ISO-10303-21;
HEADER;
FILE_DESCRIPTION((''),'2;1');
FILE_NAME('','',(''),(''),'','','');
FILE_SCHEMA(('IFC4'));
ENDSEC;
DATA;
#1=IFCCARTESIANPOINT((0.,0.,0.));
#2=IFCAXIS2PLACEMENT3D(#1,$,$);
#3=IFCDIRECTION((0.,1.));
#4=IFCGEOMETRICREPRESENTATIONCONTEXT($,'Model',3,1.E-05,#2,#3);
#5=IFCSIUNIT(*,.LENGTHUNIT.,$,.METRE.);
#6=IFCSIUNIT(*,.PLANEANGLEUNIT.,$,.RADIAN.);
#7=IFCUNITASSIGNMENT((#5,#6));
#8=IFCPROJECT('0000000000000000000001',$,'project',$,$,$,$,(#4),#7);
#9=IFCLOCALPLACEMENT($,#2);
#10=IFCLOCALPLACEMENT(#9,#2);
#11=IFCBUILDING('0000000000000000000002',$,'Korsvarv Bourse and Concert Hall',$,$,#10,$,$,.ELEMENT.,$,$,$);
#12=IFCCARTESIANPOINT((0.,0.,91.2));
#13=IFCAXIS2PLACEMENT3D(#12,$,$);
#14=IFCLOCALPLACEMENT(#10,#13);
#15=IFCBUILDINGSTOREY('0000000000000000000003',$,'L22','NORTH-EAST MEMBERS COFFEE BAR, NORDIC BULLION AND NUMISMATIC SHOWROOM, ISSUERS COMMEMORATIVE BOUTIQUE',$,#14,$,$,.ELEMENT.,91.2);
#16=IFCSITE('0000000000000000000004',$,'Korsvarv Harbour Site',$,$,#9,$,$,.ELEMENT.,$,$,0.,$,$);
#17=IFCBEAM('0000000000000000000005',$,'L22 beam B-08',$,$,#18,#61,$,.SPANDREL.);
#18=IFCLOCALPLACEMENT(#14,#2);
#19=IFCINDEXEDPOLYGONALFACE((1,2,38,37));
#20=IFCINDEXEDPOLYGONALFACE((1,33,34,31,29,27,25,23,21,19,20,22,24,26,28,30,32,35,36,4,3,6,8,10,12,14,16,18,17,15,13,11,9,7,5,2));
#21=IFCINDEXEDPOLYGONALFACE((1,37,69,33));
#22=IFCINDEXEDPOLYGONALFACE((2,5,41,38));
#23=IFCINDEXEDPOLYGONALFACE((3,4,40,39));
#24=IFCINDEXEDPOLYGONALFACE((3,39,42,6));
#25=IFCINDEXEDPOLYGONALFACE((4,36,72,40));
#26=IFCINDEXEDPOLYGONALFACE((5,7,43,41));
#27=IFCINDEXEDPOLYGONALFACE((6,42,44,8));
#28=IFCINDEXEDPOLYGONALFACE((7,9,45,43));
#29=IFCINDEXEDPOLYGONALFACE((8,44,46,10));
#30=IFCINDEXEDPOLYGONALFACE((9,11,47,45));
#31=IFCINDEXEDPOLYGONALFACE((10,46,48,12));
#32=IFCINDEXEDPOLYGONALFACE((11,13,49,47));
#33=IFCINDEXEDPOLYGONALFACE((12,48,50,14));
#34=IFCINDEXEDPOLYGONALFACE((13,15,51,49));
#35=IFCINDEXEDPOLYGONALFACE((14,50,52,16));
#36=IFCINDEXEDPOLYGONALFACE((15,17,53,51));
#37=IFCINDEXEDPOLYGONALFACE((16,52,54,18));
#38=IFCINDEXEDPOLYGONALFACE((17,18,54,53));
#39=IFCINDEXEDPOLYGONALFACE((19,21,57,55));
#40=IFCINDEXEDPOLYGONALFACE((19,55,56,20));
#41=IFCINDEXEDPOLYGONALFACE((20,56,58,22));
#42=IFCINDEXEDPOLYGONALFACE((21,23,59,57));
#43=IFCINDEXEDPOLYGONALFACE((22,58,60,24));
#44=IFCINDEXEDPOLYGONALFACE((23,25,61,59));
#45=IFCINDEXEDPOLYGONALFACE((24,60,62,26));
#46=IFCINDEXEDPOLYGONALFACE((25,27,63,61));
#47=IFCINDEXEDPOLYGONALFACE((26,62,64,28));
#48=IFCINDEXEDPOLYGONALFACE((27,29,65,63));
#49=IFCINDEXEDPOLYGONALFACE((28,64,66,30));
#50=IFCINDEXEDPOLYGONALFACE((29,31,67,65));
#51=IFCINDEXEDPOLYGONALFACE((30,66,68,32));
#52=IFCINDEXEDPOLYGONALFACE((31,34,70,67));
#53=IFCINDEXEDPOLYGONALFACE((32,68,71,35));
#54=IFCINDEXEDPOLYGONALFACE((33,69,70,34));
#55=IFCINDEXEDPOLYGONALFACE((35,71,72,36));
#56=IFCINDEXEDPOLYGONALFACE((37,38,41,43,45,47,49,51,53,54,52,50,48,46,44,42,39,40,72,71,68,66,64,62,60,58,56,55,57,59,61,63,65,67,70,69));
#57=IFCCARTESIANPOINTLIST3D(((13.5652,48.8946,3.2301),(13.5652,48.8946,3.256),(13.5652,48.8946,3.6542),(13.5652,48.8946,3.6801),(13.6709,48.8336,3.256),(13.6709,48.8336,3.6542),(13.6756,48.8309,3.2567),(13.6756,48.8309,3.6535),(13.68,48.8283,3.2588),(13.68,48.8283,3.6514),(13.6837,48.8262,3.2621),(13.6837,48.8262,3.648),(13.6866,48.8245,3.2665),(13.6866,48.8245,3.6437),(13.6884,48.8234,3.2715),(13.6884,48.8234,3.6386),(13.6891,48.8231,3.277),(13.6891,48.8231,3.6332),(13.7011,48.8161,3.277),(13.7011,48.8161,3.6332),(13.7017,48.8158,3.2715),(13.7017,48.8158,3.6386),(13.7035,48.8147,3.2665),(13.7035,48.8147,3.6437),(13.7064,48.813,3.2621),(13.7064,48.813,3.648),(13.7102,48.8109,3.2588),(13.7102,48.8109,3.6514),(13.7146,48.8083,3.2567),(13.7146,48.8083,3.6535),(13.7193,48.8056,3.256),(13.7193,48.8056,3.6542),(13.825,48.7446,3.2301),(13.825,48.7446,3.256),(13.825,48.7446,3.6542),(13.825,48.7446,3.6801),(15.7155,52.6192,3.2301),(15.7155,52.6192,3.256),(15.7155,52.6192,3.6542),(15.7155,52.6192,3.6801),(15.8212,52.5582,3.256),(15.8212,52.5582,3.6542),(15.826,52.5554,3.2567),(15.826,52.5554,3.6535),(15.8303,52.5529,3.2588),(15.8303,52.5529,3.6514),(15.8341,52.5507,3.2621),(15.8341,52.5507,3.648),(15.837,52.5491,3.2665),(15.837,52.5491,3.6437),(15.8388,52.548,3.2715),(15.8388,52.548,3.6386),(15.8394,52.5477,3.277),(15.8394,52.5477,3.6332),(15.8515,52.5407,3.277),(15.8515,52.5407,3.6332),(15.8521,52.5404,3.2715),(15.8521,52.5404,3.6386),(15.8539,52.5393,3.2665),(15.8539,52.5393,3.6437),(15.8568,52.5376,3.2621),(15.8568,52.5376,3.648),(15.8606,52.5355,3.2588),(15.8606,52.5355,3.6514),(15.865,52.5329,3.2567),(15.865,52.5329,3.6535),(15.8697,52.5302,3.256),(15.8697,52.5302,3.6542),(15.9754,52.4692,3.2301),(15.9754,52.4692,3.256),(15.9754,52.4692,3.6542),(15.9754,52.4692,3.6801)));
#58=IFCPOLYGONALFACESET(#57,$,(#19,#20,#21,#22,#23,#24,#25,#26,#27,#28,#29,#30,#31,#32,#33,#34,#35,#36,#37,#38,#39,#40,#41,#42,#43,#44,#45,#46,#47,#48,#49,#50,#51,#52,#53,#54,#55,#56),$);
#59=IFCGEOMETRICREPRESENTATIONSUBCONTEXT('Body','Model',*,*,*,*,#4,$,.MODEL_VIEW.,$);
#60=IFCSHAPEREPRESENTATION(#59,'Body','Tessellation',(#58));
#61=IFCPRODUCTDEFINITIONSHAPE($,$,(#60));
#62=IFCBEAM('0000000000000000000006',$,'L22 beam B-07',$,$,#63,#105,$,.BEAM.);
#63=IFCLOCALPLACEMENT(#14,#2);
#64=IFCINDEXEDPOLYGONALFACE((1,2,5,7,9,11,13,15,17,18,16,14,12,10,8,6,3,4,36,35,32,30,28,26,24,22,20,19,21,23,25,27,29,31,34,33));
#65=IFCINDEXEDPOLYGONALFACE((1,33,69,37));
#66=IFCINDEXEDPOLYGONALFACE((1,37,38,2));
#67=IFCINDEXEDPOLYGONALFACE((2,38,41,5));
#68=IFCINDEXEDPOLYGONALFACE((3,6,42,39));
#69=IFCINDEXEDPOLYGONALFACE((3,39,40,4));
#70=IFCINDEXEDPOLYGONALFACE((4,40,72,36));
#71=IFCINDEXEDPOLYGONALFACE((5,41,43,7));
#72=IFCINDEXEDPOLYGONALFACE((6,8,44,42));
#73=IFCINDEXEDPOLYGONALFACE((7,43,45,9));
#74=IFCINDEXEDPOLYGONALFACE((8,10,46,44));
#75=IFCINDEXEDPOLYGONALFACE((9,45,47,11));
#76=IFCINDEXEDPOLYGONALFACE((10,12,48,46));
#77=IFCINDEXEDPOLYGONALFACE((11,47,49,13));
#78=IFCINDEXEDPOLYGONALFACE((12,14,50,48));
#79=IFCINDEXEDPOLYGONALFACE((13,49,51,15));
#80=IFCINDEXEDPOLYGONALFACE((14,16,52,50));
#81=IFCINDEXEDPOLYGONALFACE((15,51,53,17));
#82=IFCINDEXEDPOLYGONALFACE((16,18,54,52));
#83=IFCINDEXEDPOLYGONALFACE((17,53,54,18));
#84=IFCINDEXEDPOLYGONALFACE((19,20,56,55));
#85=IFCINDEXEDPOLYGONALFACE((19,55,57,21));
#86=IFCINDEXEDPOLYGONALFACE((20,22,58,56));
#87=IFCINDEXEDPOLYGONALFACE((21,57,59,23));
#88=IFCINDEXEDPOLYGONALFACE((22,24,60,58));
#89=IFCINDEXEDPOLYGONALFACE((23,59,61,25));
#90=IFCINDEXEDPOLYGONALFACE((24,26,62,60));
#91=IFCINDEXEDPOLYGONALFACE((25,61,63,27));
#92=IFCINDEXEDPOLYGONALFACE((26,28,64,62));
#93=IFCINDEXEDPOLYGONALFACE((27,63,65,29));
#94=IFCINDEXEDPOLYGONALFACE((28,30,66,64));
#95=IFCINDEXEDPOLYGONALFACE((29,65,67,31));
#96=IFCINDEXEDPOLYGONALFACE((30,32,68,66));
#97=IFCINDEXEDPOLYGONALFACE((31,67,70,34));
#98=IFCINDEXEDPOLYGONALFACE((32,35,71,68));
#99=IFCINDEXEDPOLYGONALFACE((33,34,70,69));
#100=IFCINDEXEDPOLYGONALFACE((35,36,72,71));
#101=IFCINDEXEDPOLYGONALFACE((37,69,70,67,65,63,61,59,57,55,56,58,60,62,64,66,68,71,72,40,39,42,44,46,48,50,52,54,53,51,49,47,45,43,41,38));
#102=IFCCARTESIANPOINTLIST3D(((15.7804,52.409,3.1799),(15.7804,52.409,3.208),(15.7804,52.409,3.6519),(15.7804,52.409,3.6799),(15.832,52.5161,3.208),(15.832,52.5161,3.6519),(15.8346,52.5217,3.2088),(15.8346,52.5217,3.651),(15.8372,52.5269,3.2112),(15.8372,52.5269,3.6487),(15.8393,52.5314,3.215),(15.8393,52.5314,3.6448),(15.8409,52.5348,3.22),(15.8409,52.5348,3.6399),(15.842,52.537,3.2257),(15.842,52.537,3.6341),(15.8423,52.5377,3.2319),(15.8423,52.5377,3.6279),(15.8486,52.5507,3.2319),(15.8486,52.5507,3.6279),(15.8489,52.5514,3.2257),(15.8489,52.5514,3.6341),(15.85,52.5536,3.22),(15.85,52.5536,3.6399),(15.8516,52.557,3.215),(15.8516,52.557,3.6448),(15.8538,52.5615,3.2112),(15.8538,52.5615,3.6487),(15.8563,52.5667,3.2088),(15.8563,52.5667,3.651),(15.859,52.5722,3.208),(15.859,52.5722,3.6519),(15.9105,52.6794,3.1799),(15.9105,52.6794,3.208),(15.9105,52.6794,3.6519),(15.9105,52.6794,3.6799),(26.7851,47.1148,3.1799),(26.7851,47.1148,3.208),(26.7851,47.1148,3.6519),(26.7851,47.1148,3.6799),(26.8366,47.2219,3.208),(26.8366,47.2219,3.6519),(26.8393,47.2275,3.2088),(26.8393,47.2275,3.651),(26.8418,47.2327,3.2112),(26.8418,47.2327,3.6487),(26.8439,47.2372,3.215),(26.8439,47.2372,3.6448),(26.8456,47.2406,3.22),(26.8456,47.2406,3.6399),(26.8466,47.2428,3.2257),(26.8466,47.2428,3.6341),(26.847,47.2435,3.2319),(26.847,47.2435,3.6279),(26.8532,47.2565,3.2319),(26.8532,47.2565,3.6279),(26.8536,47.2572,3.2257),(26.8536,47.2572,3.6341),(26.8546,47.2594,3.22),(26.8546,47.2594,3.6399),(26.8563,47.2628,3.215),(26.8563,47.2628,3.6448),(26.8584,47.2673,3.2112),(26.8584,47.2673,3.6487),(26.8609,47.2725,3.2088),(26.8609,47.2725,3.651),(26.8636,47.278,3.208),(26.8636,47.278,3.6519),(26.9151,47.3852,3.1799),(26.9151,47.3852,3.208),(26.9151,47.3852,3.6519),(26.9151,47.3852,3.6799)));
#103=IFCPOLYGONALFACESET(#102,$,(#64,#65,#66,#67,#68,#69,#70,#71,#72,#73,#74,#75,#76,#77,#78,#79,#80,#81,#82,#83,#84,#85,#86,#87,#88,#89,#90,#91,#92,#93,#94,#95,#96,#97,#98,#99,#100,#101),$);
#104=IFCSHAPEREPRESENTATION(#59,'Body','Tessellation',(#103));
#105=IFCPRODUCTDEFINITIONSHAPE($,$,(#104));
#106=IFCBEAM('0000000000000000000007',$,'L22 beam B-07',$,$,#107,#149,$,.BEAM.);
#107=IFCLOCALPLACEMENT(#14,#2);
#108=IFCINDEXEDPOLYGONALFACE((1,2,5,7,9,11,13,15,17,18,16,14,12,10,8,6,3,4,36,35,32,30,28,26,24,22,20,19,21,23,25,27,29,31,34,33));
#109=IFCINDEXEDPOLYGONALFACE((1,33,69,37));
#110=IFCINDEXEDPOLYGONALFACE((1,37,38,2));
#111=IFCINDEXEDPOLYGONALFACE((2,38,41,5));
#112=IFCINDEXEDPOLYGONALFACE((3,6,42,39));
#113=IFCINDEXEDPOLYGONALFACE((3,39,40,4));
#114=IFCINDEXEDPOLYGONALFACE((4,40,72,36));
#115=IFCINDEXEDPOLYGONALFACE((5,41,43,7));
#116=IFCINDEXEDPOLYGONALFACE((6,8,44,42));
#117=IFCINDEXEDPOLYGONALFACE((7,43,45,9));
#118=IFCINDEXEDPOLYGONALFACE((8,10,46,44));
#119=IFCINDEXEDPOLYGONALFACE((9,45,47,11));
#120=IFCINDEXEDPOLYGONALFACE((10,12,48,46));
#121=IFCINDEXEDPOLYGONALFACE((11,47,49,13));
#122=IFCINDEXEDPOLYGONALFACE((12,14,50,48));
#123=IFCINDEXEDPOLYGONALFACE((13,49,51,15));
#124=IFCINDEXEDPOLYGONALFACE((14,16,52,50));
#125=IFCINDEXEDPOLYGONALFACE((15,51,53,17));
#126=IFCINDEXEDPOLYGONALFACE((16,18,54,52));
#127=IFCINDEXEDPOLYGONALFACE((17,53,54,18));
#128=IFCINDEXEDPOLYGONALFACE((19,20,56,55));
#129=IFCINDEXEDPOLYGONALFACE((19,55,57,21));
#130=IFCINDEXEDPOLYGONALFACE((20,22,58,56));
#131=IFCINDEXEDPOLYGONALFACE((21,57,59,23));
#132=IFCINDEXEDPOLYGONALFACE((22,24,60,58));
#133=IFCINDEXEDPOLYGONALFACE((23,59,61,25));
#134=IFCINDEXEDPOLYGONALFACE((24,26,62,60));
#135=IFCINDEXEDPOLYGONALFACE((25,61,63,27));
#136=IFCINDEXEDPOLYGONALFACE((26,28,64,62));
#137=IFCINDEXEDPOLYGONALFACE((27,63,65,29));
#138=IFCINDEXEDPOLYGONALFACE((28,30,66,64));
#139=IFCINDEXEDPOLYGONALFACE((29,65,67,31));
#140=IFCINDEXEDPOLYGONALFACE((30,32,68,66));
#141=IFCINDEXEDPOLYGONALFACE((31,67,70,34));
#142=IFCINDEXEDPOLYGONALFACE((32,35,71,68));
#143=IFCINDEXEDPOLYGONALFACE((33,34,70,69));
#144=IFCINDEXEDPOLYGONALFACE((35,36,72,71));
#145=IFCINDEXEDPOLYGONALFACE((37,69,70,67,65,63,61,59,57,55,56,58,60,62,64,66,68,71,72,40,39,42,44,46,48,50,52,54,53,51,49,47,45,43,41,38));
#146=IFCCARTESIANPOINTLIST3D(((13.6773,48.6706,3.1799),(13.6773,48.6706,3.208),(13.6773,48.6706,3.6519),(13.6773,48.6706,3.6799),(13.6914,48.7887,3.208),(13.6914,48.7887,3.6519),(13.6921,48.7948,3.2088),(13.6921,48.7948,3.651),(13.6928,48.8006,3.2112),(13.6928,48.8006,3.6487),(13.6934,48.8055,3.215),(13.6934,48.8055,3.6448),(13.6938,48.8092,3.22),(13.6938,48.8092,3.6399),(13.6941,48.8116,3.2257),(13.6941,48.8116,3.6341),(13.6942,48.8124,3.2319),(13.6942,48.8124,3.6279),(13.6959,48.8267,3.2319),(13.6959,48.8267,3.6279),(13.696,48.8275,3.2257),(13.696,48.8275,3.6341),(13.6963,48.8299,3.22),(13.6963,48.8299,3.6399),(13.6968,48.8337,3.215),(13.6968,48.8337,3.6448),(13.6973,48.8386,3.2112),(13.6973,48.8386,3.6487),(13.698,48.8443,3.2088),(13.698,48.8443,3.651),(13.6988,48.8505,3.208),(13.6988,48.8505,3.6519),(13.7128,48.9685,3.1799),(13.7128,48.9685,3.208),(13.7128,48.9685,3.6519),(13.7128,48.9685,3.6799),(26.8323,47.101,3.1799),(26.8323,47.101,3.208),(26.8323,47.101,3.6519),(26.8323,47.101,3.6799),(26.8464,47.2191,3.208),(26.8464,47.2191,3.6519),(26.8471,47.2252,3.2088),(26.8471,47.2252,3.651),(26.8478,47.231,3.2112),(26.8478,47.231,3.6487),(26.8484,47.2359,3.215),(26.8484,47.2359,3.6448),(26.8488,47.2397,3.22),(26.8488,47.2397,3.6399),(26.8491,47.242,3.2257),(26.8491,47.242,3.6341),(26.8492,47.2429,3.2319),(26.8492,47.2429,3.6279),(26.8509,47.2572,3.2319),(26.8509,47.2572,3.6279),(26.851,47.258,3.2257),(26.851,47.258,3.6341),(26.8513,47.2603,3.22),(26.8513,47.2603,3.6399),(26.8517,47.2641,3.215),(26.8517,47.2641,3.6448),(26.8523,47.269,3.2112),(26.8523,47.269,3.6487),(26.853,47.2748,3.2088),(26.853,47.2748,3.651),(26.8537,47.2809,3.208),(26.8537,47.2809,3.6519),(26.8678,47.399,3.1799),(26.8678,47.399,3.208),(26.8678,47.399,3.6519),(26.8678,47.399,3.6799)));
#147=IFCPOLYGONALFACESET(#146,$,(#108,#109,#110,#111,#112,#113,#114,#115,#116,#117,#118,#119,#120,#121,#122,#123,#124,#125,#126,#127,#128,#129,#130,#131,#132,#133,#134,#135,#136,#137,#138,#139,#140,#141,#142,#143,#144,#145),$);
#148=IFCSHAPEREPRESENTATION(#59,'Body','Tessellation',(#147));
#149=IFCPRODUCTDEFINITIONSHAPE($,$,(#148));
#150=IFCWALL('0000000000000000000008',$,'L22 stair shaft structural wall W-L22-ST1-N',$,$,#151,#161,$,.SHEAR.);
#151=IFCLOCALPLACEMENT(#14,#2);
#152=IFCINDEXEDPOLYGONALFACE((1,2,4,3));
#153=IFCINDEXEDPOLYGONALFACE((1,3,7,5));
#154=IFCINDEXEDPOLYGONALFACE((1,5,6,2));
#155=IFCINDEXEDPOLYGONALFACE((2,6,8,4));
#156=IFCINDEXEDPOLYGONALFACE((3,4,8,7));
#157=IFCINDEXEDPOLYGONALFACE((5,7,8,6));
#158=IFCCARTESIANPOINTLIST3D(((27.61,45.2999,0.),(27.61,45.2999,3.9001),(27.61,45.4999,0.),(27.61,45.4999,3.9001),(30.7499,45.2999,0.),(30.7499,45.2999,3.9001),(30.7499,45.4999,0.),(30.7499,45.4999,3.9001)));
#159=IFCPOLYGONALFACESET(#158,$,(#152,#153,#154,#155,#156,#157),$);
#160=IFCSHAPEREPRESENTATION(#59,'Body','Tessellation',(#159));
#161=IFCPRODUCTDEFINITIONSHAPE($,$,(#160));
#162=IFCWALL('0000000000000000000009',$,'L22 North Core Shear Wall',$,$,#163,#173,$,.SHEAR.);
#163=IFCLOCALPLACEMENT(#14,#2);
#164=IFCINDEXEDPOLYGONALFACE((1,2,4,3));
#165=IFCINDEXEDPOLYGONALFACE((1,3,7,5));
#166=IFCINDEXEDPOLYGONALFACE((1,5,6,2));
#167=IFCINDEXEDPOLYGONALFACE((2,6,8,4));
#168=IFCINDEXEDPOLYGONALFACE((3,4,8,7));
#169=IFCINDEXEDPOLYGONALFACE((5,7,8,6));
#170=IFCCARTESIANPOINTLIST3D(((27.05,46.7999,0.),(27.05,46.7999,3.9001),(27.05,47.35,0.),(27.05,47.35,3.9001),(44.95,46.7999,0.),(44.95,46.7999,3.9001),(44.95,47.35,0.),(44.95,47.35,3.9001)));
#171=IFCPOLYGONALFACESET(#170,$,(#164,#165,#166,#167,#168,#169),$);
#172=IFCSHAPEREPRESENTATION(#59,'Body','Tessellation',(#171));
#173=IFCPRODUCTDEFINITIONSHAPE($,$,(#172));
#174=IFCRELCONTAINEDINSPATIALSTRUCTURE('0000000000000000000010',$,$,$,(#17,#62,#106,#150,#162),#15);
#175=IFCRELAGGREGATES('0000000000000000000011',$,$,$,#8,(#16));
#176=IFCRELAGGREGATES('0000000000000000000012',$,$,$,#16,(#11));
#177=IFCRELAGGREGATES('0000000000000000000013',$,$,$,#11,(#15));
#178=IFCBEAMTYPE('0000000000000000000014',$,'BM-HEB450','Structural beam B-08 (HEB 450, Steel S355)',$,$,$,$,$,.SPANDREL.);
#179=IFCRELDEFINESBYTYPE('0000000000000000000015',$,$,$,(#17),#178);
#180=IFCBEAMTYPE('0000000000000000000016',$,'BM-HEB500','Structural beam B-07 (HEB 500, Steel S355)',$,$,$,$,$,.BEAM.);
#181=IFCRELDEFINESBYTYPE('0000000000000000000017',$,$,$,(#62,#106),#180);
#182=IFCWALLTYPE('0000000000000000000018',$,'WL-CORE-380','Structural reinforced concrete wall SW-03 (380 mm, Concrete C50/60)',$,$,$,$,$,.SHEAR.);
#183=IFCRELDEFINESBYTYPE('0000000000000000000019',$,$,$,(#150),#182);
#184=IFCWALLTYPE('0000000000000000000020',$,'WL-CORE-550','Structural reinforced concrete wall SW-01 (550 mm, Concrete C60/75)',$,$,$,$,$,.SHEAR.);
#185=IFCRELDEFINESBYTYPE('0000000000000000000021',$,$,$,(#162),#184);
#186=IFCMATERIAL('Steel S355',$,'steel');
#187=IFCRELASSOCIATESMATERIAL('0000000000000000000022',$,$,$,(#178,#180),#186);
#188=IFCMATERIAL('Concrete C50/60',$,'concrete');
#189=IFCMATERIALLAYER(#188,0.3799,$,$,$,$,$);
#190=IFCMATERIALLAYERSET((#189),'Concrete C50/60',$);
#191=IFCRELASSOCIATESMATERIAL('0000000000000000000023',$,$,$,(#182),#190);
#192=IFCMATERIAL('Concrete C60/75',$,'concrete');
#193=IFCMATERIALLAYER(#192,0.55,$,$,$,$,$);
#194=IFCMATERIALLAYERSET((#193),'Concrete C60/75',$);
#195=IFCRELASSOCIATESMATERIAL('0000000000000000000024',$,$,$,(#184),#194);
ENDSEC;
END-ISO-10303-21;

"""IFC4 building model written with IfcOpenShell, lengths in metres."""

from ifc_helpers import new_model, si_unit, direction, frame, frame_2d, origin, origin_2d, place, context, subcontext, project, spatial, rectangle, i_section, extrude, source, transform, mapped, material, layer, layer_set, material_profile, profile_set, type_object, element, save


model = new_model("IFC4")

# Units and contexts
model_context = context("Model", 3, precision=1e-05, world=origin(), true_north=direction((0.0, 1.0)))
body_context = subcontext(model_context, "Body", "Model", "MODEL_VIEW")
ifc_project = project(units=[si_unit("LENGTHUNIT", "METRE"), si_unit("PLANEANGLEUNIT", "RADIAN")], contexts=[model_context])

# Site, building, storey
site_placement = place(None, origin())
site = spatial("IfcSite", under=ifc_project, at=site_placement, Name="Korsvarv Harbour Site", CompositionType="ELEMENT", RefElevation=0.0)
building_placement = place(site_placement, origin())
building = spatial("IfcBuilding", under=site, at=building_placement, Name="Korsvarv Bourse and Concert Hall", CompositionType="ELEMENT")
storey_placement = place(building_placement, frame((0.0, 0.0, 91.2)))
storey = spatial("IfcBuildingStorey", under=building, at=storey_placement, Name="L22", Description="NORTH-EAST MEMBERS COFFEE BAR, NORDIC BULLION AND NUMISMATIC SHOWROOM, ISSUERS COMMEMORATIVE BOUTIQUE", CompositionType="ELEMENT", Elevation=91.2)

# Shared definitions
ifc_material_1 = material(Name="Concrete C60/75", Category="concrete")

# Beams
ifc_material_2 = material(Name="Steel S355", Category="steel")
ifc_material_profile_1 = material_profile(ifc_material_2, i_section(OverallWidth=0.3, OverallDepth=0.45, WebThickness=0.0139, FlangeThickness=0.0259, FilletRadius=0.021, at=origin_2d()), Name="HEB 450")
ifc_profile_set_1 = profile_set([ifc_material_profile_1], Name="Steel S355")
beam_type_1 = type_object("IfcBeamType", Name="BM-HEB450", Description="Structural beam B-08 (HEB 450, Steel S355)", PredefinedType="SPANDREL", material=ifc_profile_set_1)
shared_shape_1 = source(origin(), body_context, "Body", "SweptSolid", [
    extrude(i_section(OverallWidth=0.3, OverallDepth=0.45, WebThickness=0.0139, FlangeThickness=0.0259, FilletRadius=0.021, at=origin_2d()), origin(), (0.0, 0.0, 1.0), 4.3008),
])
beam_1_placement = place(storey_placement, frame((15.8455, 52.5442, 3.4551), z_axis=(-0.499998, -0.866027, 0.0), x_axis=(0.866027, -0.499998, 0.0)))
element("IfcBeam", 1, at=beam_1_placement, inside=storey, type_object=beam_type_1, Name="L22 beam B-08", PredefinedType="SPANDREL", context=body_context, shape_type="MappedRepresentation", body=[
    mapped(shared_shape_1, transform((0.0, 0.0, 0.0), scale=1.0)),
])
ifc_material_profile_2 = material_profile(ifc_material_2, i_section(OverallWidth=0.3, OverallDepth=0.5, WebThickness=0.0144, FlangeThickness=0.0281, FilletRadius=0.0239, at=origin_2d()), Name="HEB 500")
ifc_profile_set_2 = profile_set([ifc_material_profile_2], Name="Steel S355")
beam_type_2 = type_object("IfcBeamType", Name="BM-HEB500", Description="Structural beam B-07 (HEB 500, Steel S355)", PredefinedType="BEAM", material=ifc_profile_set_2)
shared_shape_2 = source(origin(), body_context, "Body", "SweptSolid", [
    extrude(i_section(OverallWidth=0.3, OverallDepth=0.5, WebThickness=0.0144, FlangeThickness=0.0281, FilletRadius=0.0239, at=origin_2d()), origin(), (0.0, 0.0, 1.0), 12.2119),
])
beam_2_placement = place(storey_placement, frame((15.8455, 52.5442, 3.4299), z_axis=(0.901141, -0.433527, 0.0), x_axis=(0.433527, 0.901141, 0.0)))
element("IfcBeam", 2, at=beam_2_placement, inside=storey, type_object=beam_type_2, Name="L22 beam B-07", PredefinedType="BEAM", context=body_context, shape_type="MappedRepresentation", body=[
    mapped(shared_shape_2, transform((0.0, 0.0, 0.0), scale=1.0)),
])
shared_shape_3 = source(origin(), body_context, "Body", "SweptSolid", [
    extrude(i_section(OverallWidth=0.3, OverallDepth=0.5, WebThickness=0.0144, FlangeThickness=0.0281, FilletRadius=0.0239, at=origin_2d()), origin(), (0.0, 0.0, 1.0), 13.2483),
])
beam_3_placement = place(storey_placement, frame((13.6951, 48.8196, 3.4299), z_axis=(0.992957, -0.118474, 0.0), x_axis=(0.118474, 0.992957, 0.0)))
element("IfcBeam", 3, at=beam_3_placement, inside=storey, type_object=beam_type_2, Name="L22 beam B-07", PredefinedType="BEAM", context=body_context, shape_type="MappedRepresentation", body=[
    mapped(shared_shape_3, transform((0.0, 0.0, 0.0), scale=1.0)),
])

# Walls
ifc_material_3 = material(Name="Concrete C50/60", Category="concrete")
ifc_layer_1 = layer(ifc_material_3, 0.3799)
ifc_layer_set_1 = layer_set([ifc_layer_1], Name="Concrete C50/60")
wall_type_1 = type_object("IfcWallType", Name="WL-CORE-380", Description="Structural reinforced concrete wall SW-03 (380 mm, Concrete C50/60)", PredefinedType="SHEAR", material=ifc_layer_set_1)
wall_1_placement = place(storey_placement, frame((27.6101, 45.3999, 0.0), z_axis=(0.0, 0.0, 1.0), x_axis=(1.0, 0.0, 0.0)))
element("IfcWall", 4, at=wall_1_placement, inside=storey, type_object=wall_type_1, Name="L22 stair shaft structural wall W-L22-ST1-N", PredefinedType="SHEAR", context=body_context, shape_type="SweptSolid", body=[
    extrude(rectangle(XDim=3.1399, YDim=0.2, at=frame_2d((1.5698, 0.0))), origin(), (0.0, 0.0, 1.0), 3.9001),
])
ifc_layer_2 = layer(ifc_material_1, 0.55)
ifc_layer_set_2 = layer_set([ifc_layer_2], Name="Concrete C60/75")
wall_type_2 = type_object("IfcWallType", Name="WL-CORE-550", Description="Structural reinforced concrete wall SW-01 (550 mm, Concrete C60/75)", PredefinedType="SHEAR", material=ifc_layer_set_2)
wall_2_placement = place(storey_placement, frame((27.05, 47.075, 0.0), z_axis=(0.0, 0.0, 1.0), x_axis=(1.0, 0.0, 0.0)))
element("IfcWall", 5, at=wall_2_placement, inside=storey, type_object=wall_type_2, Name="L22 North Core Shear Wall", PredefinedType="SHEAR", context=body_context, shape_type="SweptSolid", body=[
    extrude(rectangle(XDim=17.8999, YDim=0.55, at=frame_2d((8.95, 0.0))), origin(), (0.0, 0.0, 1.0), 3.9001),
])

save(model, "model.ifc")
